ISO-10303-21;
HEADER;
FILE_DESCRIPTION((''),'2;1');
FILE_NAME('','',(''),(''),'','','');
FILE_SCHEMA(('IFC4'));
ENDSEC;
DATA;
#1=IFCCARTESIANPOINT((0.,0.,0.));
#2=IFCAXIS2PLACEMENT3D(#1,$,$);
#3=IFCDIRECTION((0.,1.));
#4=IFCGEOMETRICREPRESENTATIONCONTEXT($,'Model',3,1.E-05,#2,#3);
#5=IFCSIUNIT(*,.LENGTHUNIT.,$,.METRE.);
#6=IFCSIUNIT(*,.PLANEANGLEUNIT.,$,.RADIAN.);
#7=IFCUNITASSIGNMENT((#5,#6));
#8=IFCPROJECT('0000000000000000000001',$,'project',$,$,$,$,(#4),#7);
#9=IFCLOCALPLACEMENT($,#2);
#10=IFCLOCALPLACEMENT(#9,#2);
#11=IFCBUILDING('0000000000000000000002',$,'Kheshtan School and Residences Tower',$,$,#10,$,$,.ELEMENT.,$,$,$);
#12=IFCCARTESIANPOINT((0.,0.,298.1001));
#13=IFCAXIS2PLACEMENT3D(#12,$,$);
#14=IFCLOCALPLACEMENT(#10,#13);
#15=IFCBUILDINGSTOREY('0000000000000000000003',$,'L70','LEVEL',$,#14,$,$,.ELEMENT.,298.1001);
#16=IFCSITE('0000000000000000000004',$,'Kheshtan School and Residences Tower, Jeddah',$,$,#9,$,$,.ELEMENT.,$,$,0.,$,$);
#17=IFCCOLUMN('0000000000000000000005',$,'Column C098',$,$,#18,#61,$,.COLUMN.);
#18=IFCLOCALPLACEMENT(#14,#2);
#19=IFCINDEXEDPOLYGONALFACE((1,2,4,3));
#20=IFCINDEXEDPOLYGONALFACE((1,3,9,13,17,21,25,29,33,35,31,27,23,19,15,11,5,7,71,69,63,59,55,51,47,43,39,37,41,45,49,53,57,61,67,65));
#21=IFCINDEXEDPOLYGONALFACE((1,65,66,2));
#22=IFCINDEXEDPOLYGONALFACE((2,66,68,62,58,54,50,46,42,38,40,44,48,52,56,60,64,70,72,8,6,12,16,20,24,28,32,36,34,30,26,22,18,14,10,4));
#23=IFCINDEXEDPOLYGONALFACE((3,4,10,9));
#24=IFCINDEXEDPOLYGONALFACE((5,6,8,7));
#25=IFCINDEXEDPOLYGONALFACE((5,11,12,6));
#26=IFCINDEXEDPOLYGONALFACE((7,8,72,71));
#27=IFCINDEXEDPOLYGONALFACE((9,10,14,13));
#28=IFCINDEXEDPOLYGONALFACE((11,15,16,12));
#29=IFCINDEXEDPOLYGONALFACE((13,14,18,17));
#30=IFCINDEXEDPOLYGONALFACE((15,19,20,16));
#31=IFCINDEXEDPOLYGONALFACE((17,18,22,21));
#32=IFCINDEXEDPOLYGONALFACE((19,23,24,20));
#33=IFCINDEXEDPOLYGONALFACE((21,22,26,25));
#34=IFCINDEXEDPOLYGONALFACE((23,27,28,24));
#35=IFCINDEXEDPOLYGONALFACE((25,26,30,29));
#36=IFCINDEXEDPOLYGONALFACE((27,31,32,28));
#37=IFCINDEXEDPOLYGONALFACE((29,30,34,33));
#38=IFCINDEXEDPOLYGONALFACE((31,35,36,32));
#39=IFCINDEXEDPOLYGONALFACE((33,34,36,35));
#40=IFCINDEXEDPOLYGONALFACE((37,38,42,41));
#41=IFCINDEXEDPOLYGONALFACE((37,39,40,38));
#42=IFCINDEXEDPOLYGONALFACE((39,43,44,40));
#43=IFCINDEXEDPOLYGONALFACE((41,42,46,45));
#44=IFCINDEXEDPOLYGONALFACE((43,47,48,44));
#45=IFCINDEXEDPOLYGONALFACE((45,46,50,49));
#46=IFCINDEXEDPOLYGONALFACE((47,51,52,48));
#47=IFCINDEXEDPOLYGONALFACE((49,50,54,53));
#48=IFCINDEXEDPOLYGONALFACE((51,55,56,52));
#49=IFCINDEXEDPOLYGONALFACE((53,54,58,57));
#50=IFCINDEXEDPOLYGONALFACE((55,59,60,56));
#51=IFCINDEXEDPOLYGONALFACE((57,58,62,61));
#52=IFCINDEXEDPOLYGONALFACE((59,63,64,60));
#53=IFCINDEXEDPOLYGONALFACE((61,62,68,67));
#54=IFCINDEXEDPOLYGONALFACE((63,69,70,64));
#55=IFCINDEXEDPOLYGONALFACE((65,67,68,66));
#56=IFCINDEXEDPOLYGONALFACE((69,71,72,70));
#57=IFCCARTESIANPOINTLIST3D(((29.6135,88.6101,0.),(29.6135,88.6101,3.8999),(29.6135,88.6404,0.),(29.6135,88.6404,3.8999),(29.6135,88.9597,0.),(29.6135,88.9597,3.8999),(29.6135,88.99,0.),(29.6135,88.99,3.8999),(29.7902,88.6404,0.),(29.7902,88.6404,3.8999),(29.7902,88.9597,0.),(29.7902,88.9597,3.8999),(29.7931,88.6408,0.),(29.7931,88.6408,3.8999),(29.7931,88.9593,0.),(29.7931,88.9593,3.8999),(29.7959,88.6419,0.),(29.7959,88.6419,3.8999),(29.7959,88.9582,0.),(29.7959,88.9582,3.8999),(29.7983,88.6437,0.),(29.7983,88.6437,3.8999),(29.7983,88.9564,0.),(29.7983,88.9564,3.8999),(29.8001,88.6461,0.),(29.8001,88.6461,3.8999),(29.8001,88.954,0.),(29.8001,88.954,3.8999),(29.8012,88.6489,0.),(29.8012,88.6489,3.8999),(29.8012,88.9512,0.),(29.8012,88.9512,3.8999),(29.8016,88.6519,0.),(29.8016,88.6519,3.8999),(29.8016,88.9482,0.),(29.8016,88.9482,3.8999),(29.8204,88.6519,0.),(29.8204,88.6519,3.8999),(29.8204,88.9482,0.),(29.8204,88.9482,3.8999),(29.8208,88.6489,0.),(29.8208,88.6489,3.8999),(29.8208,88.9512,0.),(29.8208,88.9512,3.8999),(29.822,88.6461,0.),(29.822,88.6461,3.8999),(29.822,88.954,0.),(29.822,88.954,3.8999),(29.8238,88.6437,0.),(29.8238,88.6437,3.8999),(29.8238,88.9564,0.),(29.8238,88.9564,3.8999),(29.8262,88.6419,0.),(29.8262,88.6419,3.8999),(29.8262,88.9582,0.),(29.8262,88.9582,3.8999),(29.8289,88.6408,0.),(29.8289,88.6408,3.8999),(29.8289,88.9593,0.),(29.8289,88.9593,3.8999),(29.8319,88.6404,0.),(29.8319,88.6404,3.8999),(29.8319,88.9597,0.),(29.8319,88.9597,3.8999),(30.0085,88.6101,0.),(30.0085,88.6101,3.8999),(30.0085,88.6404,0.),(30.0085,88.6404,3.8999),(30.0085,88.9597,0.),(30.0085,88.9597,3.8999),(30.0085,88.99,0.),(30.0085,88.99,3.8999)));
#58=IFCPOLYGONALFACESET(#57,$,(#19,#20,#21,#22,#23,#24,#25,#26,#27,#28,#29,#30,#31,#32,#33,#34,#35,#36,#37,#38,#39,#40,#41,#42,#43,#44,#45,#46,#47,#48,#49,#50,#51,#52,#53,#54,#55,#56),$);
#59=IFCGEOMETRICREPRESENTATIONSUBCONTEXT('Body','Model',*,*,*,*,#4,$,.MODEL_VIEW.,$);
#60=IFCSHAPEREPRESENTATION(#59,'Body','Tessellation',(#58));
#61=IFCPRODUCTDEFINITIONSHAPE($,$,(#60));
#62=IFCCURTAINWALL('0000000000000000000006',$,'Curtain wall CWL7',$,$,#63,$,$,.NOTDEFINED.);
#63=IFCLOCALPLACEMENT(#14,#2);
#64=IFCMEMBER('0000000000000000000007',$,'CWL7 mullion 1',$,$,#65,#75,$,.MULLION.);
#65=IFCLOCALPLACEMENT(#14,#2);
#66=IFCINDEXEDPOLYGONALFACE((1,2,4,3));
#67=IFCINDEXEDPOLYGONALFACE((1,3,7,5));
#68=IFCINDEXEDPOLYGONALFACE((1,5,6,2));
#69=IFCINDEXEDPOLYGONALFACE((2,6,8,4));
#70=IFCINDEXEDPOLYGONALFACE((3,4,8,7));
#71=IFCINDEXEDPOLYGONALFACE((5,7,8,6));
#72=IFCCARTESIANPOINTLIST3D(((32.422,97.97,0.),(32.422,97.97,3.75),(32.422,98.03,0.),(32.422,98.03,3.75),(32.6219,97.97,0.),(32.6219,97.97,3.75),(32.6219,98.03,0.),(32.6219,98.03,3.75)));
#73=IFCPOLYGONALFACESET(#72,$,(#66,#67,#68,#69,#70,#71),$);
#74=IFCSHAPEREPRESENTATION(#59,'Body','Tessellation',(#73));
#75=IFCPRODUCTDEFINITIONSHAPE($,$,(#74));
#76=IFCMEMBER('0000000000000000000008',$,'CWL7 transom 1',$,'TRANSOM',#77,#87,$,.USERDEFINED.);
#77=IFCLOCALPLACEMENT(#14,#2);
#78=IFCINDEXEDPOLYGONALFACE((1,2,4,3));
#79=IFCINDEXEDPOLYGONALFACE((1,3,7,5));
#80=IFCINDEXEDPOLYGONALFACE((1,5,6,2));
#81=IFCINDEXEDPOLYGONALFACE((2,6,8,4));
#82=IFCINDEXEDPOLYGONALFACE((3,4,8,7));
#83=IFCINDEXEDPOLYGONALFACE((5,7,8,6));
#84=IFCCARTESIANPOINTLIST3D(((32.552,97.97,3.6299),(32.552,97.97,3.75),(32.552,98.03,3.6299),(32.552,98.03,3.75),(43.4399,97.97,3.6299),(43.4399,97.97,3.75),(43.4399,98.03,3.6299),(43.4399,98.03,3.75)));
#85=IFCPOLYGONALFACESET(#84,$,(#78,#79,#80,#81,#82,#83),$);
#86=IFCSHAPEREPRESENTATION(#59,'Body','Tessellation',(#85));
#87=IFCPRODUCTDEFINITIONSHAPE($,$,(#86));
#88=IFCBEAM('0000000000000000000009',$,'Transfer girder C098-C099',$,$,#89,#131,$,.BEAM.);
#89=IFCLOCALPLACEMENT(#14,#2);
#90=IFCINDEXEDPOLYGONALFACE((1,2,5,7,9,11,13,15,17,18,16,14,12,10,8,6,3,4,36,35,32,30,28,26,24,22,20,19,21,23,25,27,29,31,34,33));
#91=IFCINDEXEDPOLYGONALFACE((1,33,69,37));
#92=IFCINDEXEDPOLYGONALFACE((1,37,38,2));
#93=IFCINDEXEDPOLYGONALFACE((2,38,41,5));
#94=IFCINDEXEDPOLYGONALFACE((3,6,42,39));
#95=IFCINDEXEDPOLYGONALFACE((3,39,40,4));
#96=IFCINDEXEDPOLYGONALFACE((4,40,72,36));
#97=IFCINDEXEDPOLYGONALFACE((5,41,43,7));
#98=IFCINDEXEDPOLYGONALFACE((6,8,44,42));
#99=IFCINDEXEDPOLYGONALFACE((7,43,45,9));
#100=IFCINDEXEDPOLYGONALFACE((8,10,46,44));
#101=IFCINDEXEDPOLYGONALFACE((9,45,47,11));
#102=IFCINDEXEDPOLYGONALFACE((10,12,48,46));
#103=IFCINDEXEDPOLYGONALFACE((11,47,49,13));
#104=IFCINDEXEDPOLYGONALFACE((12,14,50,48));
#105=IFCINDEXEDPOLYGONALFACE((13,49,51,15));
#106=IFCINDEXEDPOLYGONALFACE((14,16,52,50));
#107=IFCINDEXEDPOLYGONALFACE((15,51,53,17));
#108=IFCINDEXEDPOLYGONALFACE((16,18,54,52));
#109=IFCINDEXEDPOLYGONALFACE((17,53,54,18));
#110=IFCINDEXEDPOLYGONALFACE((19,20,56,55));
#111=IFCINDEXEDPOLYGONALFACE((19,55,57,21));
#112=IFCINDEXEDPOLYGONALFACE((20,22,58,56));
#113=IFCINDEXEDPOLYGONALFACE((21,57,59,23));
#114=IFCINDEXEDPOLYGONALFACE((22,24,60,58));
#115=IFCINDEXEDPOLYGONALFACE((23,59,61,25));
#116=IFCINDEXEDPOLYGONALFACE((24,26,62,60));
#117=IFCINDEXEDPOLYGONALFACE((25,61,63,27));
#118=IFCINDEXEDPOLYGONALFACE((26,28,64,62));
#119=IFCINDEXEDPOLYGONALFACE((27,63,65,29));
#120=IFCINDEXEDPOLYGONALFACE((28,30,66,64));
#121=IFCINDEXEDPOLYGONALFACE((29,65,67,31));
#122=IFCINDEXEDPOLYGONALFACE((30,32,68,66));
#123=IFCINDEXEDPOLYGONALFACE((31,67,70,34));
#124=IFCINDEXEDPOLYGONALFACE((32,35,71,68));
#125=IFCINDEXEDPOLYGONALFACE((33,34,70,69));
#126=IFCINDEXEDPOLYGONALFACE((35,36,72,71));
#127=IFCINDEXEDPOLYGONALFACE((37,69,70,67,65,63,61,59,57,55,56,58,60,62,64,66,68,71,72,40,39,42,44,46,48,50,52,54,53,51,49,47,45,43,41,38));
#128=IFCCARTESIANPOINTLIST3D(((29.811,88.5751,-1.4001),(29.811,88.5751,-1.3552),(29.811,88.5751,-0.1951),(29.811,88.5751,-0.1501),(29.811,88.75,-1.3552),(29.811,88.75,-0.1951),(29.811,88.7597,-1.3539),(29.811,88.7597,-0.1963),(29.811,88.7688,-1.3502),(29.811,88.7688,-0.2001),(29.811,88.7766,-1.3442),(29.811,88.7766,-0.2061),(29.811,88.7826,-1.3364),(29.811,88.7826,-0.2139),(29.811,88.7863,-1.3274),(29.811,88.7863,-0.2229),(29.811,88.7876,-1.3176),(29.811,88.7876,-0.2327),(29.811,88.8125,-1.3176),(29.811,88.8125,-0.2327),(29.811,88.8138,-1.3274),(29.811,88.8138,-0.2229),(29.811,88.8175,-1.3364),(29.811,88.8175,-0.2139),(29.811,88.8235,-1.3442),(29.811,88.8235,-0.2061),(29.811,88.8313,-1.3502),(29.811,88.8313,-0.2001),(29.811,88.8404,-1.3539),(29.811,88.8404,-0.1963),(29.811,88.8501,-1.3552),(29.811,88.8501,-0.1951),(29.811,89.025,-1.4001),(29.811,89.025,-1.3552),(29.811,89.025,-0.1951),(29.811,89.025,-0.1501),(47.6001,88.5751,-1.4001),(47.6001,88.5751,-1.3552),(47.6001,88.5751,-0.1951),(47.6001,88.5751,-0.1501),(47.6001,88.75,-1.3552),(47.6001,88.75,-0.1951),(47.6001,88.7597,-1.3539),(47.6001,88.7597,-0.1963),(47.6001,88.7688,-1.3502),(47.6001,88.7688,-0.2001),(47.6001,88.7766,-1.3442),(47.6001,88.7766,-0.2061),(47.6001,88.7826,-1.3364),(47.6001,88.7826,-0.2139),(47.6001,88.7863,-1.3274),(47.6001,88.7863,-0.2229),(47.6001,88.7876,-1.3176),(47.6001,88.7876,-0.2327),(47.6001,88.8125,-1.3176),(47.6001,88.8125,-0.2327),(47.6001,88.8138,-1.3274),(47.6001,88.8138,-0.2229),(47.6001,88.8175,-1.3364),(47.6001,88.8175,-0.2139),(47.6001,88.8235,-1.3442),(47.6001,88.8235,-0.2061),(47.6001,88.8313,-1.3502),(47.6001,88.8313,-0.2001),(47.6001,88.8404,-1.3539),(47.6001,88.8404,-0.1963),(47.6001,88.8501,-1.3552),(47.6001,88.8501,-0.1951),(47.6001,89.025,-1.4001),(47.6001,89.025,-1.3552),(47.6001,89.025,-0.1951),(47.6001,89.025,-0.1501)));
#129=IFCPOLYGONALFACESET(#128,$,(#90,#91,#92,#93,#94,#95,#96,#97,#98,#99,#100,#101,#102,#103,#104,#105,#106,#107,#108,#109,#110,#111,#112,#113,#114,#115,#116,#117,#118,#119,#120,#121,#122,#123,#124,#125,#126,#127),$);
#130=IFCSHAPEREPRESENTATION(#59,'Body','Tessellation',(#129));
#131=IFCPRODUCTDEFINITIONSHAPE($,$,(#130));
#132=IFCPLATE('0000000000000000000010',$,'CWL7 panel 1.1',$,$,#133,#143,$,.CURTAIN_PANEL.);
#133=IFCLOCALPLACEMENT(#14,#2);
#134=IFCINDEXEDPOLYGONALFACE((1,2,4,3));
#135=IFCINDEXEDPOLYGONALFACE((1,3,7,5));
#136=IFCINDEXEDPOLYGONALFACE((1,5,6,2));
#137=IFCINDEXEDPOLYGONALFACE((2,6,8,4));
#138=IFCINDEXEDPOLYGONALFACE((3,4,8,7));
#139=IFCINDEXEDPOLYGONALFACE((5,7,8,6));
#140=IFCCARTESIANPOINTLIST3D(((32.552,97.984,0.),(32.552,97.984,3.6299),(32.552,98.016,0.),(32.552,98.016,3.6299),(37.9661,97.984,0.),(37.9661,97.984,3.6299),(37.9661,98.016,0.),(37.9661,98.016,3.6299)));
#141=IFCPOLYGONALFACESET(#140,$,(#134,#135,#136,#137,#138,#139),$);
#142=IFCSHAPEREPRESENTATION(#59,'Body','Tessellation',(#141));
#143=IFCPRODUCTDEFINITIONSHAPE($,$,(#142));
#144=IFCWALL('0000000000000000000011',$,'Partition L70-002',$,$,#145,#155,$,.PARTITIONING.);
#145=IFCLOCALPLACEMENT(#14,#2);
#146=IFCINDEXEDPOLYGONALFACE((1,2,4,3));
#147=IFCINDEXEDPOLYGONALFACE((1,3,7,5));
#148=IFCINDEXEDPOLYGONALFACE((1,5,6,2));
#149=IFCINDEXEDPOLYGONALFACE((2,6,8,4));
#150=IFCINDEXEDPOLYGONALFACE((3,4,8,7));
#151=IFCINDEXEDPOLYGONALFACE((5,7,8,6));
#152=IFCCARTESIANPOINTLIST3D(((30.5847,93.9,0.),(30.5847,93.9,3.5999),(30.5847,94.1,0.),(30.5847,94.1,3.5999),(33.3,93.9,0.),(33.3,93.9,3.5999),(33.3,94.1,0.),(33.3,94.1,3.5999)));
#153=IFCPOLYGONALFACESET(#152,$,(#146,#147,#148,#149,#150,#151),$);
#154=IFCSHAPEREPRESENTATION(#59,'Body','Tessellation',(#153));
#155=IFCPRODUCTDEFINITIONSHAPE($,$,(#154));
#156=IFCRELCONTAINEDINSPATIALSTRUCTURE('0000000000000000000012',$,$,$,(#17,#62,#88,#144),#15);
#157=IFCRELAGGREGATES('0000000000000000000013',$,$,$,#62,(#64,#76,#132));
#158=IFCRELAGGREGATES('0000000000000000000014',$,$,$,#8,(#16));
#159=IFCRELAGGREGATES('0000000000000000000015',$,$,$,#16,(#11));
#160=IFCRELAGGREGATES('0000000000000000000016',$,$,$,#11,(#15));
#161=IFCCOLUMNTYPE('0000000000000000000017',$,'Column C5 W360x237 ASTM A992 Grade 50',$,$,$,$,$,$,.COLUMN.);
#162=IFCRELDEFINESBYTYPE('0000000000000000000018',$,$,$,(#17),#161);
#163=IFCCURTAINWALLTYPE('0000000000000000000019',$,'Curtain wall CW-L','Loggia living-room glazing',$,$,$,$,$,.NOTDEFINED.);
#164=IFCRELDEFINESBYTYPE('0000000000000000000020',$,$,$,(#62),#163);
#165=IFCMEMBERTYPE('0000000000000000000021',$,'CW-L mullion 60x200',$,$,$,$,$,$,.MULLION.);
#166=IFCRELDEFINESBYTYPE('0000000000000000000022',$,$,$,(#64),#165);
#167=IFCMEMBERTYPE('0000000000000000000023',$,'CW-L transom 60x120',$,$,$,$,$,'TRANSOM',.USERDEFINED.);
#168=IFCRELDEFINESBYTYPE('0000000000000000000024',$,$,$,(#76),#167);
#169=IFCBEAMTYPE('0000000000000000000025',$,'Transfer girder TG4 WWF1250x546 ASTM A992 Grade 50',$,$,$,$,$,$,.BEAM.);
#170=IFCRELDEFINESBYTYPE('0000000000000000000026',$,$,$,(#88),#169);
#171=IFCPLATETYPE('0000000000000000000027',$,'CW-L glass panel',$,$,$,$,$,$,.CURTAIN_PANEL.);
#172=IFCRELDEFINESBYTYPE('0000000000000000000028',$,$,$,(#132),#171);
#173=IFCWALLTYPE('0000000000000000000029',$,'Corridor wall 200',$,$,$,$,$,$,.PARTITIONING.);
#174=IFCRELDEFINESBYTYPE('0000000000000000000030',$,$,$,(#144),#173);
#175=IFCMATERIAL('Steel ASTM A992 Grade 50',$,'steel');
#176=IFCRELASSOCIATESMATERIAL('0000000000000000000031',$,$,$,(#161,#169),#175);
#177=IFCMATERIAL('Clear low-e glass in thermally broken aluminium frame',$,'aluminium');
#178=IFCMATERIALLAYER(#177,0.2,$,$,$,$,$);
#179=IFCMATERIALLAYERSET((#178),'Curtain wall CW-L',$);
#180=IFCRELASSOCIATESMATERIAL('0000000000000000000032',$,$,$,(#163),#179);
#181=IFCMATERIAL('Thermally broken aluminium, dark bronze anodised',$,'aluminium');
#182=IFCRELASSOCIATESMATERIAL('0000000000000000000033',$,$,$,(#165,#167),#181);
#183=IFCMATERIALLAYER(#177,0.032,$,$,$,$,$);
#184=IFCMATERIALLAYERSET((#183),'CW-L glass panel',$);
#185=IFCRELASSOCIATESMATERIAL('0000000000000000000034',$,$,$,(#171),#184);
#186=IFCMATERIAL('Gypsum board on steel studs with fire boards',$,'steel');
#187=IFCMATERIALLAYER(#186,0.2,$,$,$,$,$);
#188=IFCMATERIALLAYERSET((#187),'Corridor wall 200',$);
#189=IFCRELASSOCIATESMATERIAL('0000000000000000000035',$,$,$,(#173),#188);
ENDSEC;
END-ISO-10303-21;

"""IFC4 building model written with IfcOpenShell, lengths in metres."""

from ifc_helpers import new_model, si_unit, direction, frame, frame_2d, origin, origin_2d, place, context, subcontext, project, spatial, rectangle, i_section, extrude, material, layer, layer_set, material_profile, profile_set, type_object, element, aggregate, save


model = new_model("IFC4")

# Units and contexts
model_context = context("Model", 3, precision=1e-05, world=origin(), true_north=direction((0.0, 1.0)))
body_context = subcontext(model_context, "Body", "Model", "MODEL_VIEW")
ifc_project = project(units=[si_unit("LENGTHUNIT", "METRE"), si_unit("PLANEANGLEUNIT", "RADIAN")], contexts=[model_context])

# Site, building, storey
site_placement = place(None, origin())
site = spatial("IfcSite", under=ifc_project, at=site_placement, Name="Kheshtan School and Residences Tower, Jeddah", CompositionType="ELEMENT", RefElevation=0.0)
building_placement = place(site_placement, origin())
building = spatial("IfcBuilding", under=site, at=building_placement, Name="Kheshtan School and Residences Tower", CompositionType="ELEMENT")
storey_placement = place(building_placement, frame((0.0, 0.0, 298.1001)))
storey = spatial("IfcBuildingStorey", under=building, at=storey_placement, Name="L70", Description="LEVEL", CompositionType="ELEMENT", Elevation=298.1001)

# Column
ifc_material_1 = material(Name="Steel ASTM A992 Grade 50", Category="steel")
ifc_material_profile_1 = material_profile(ifc_material_1, i_section(OverallWidth=0.395, OverallDepth=0.3799, WebThickness=0.0188, FlangeThickness=0.0303, FilletRadius=0.0115, at=origin_2d()), Name="W360x237")
ifc_profile_set_1 = profile_set([ifc_material_profile_1], Name="Steel ASTM A992 Grade 50")
column_type = type_object("IfcColumnType", Name="Column C5 W360x237 ASTM A992 Grade 50", PredefinedType="COLUMN", material=ifc_profile_set_1)
column_placement = place(storey_placement, frame((29.811, 88.8, 0.0), z_axis=(0.0, 0.0, 1.0), x_axis=(1.0, 0.0, 0.0)))
element("IfcColumn", 1, at=column_placement, inside=storey, type_object=column_type, Name="Column C098", PredefinedType="COLUMN", context=body_context, shape_type="SweptSolid", body=[
    extrude(i_section(OverallWidth=0.395, OverallDepth=0.3799, WebThickness=0.0188, FlangeThickness=0.0303, FilletRadius=0.0115, at=origin_2d()), origin(), (0.0, 0.0, 1.0), 3.8999),
])

# Curtain wall, members
ifc_material_2 = material(Name="Clear low-e glass in thermally broken aluminium frame", Category="aluminium")
ifc_layer_1 = layer(ifc_material_2, 0.2)
ifc_layer_set_1 = layer_set([ifc_layer_1], Name="Curtain wall CW-L")
curtain_wall_type = type_object("IfcCurtainWallType", Name="Curtain wall CW-L", Description="Loggia living-room glazing", PredefinedType="NOTDEFINED", material=ifc_layer_set_1)
curtain_wall_placement = place(storey_placement, origin())
curtain_wall = element("IfcCurtainWall", 2, at=curtain_wall_placement, inside=storey, type_object=curtain_wall_type, Name="Curtain wall CWL7", PredefinedType="NOTDEFINED")
ifc_material_3 = material(Name="Thermally broken aluminium, dark bronze anodised", Category="aluminium")
ifc_material_profile_2 = material_profile(ifc_material_3, rectangle(XDim=0.0601, YDim=0.2, at=origin_2d()), Name="CW-L mullion 60x200")
ifc_profile_set_2 = profile_set([ifc_material_profile_2], Name="Thermally broken aluminium, dark bronze anodised")
member_type_1 = type_object("IfcMemberType", Name="CW-L mullion 60x200", PredefinedType="MULLION", material=ifc_profile_set_2)
member_1_placement = place(storey_placement, frame((32.522, 98.0, 0.0), z_axis=(0.0, 0.0, 1.0), x_axis=(0.0, 1.0, 0.0)))
member_1 = element("IfcMember", 3, at=member_1_placement, type_object=member_type_1, Name="CWL7 mullion 1", PredefinedType="MULLION", context=body_context, shape_type="SweptSolid", body=[
    extrude(rectangle(XDim=0.0601, YDim=0.2, at=origin_2d()), origin(), (0.0, 0.0, 1.0), 3.75),
])
ifc_material_profile_3 = material_profile(ifc_material_3, rectangle(XDim=0.0601, YDim=0.1201, at=origin_2d()), Name="CW-L transom 60x120")
ifc_profile_set_3 = profile_set([ifc_material_profile_3], Name="Thermally broken aluminium, dark bronze anodised")
member_type_2 = type_object("IfcMemberType", Name="CW-L transom 60x120", ElementType="TRANSOM", PredefinedType="USERDEFINED", material=ifc_profile_set_3)
member_2_placement = place(storey_placement, frame((32.552, 98.0, 3.6899), z_axis=(1.0, 0.0, 0.0), x_axis=(0.0, 1.0, 0.0)))
member_2 = element("IfcMember", 4, at=member_2_placement, type_object=member_type_2, Name="CWL7 transom 1", ObjectType="TRANSOM", PredefinedType="USERDEFINED", context=body_context, shape_type="SweptSolid", body=[
    extrude(rectangle(XDim=0.0601, YDim=0.1201, at=origin_2d()), origin(), (0.0, 0.0, 1.0), 10.8879),
])

# Beam
ifc_material_profile_4 = material_profile(ifc_material_1, i_section(OverallWidth=0.45, OverallDepth=1.25, WebThickness=0.0249, FlangeThickness=0.0449, FilletRadius=0.0376, at=origin_2d()), Name="WWF1250x546")
ifc_profile_set_4 = profile_set([ifc_material_profile_4], Name="Steel ASTM A992 Grade 50")
beam_type = type_object("IfcBeamType", Name="Transfer girder TG4 WWF1250x546 ASTM A992 Grade 50", PredefinedType="BEAM", material=ifc_profile_set_4)
beam_placement = place(storey_placement, frame((29.811, 88.8, -0.7751), z_axis=(1.0, 0.0, 0.0), x_axis=(0.0, 1.0, 0.0)))
element("IfcBeam", 5, at=beam_placement, inside=storey, type_object=beam_type, Name="Transfer girder C098-C099", PredefinedType="BEAM", context=body_context, shape_type="SweptSolid", body=[
    extrude(i_section(OverallWidth=0.45, OverallDepth=1.25, WebThickness=0.0249, FlangeThickness=0.0449, FilletRadius=0.0376, at=origin_2d()), origin(), (0.0, 0.0, 1.0), 17.7891),
])

# Plate
ifc_layer_2 = layer(ifc_material_2, 0.032)
ifc_layer_set_2 = layer_set([ifc_layer_2], Name="CW-L glass panel")
plate_type = type_object("IfcPlateType", Name="CW-L glass panel", PredefinedType="CURTAIN_PANEL", material=ifc_layer_set_2)
plate_placement = place(storey_placement, frame((35.259, 98.0, 0.0), z_axis=(0.0, 0.0, 1.0), x_axis=(1.0, 0.0, 0.0)))
plate = element("IfcPlate", 6, at=plate_placement, type_object=plate_type, Name="CWL7 panel 1.1", PredefinedType="CURTAIN_PANEL", context=body_context, shape_type="SweptSolid", body=[
    extrude(rectangle(XDim=5.4141, YDim=0.032, at=origin_2d()), origin(), (0.0, 0.0, 1.0), 3.6299),
])
aggregate(curtain_wall, [member_1, member_2, plate])

# Wall
ifc_material_4 = material(Name="Gypsum board on steel studs with fire boards", Category="steel")
ifc_layer_3 = layer(ifc_material_4, 0.2)
ifc_layer_set_3 = layer_set([ifc_layer_3], Name="Corridor wall 200")
wall_type_1 = type_object("IfcWallType", Name="Corridor wall 200", PredefinedType="PARTITIONING", material=ifc_layer_set_3)
wall_1_placement = place(storey_placement, frame((30.5847, 94.0, 0.0), z_axis=(0.0, 0.0, 1.0), x_axis=(1.0, 0.0, 0.0)))
element("IfcWall", 7, at=wall_1_placement, inside=storey, type_object=wall_type_1, Name="Partition L70-002", PredefinedType="PARTITIONING", context=body_context, shape_type="SweptSolid", body=[
    extrude(rectangle(XDim=2.7153, YDim=0.2, at=frame_2d((1.3577, 0.0))), origin(), (0.0, 0.0, 1.0), 3.5999),
])

save(model, "model.ifc")
